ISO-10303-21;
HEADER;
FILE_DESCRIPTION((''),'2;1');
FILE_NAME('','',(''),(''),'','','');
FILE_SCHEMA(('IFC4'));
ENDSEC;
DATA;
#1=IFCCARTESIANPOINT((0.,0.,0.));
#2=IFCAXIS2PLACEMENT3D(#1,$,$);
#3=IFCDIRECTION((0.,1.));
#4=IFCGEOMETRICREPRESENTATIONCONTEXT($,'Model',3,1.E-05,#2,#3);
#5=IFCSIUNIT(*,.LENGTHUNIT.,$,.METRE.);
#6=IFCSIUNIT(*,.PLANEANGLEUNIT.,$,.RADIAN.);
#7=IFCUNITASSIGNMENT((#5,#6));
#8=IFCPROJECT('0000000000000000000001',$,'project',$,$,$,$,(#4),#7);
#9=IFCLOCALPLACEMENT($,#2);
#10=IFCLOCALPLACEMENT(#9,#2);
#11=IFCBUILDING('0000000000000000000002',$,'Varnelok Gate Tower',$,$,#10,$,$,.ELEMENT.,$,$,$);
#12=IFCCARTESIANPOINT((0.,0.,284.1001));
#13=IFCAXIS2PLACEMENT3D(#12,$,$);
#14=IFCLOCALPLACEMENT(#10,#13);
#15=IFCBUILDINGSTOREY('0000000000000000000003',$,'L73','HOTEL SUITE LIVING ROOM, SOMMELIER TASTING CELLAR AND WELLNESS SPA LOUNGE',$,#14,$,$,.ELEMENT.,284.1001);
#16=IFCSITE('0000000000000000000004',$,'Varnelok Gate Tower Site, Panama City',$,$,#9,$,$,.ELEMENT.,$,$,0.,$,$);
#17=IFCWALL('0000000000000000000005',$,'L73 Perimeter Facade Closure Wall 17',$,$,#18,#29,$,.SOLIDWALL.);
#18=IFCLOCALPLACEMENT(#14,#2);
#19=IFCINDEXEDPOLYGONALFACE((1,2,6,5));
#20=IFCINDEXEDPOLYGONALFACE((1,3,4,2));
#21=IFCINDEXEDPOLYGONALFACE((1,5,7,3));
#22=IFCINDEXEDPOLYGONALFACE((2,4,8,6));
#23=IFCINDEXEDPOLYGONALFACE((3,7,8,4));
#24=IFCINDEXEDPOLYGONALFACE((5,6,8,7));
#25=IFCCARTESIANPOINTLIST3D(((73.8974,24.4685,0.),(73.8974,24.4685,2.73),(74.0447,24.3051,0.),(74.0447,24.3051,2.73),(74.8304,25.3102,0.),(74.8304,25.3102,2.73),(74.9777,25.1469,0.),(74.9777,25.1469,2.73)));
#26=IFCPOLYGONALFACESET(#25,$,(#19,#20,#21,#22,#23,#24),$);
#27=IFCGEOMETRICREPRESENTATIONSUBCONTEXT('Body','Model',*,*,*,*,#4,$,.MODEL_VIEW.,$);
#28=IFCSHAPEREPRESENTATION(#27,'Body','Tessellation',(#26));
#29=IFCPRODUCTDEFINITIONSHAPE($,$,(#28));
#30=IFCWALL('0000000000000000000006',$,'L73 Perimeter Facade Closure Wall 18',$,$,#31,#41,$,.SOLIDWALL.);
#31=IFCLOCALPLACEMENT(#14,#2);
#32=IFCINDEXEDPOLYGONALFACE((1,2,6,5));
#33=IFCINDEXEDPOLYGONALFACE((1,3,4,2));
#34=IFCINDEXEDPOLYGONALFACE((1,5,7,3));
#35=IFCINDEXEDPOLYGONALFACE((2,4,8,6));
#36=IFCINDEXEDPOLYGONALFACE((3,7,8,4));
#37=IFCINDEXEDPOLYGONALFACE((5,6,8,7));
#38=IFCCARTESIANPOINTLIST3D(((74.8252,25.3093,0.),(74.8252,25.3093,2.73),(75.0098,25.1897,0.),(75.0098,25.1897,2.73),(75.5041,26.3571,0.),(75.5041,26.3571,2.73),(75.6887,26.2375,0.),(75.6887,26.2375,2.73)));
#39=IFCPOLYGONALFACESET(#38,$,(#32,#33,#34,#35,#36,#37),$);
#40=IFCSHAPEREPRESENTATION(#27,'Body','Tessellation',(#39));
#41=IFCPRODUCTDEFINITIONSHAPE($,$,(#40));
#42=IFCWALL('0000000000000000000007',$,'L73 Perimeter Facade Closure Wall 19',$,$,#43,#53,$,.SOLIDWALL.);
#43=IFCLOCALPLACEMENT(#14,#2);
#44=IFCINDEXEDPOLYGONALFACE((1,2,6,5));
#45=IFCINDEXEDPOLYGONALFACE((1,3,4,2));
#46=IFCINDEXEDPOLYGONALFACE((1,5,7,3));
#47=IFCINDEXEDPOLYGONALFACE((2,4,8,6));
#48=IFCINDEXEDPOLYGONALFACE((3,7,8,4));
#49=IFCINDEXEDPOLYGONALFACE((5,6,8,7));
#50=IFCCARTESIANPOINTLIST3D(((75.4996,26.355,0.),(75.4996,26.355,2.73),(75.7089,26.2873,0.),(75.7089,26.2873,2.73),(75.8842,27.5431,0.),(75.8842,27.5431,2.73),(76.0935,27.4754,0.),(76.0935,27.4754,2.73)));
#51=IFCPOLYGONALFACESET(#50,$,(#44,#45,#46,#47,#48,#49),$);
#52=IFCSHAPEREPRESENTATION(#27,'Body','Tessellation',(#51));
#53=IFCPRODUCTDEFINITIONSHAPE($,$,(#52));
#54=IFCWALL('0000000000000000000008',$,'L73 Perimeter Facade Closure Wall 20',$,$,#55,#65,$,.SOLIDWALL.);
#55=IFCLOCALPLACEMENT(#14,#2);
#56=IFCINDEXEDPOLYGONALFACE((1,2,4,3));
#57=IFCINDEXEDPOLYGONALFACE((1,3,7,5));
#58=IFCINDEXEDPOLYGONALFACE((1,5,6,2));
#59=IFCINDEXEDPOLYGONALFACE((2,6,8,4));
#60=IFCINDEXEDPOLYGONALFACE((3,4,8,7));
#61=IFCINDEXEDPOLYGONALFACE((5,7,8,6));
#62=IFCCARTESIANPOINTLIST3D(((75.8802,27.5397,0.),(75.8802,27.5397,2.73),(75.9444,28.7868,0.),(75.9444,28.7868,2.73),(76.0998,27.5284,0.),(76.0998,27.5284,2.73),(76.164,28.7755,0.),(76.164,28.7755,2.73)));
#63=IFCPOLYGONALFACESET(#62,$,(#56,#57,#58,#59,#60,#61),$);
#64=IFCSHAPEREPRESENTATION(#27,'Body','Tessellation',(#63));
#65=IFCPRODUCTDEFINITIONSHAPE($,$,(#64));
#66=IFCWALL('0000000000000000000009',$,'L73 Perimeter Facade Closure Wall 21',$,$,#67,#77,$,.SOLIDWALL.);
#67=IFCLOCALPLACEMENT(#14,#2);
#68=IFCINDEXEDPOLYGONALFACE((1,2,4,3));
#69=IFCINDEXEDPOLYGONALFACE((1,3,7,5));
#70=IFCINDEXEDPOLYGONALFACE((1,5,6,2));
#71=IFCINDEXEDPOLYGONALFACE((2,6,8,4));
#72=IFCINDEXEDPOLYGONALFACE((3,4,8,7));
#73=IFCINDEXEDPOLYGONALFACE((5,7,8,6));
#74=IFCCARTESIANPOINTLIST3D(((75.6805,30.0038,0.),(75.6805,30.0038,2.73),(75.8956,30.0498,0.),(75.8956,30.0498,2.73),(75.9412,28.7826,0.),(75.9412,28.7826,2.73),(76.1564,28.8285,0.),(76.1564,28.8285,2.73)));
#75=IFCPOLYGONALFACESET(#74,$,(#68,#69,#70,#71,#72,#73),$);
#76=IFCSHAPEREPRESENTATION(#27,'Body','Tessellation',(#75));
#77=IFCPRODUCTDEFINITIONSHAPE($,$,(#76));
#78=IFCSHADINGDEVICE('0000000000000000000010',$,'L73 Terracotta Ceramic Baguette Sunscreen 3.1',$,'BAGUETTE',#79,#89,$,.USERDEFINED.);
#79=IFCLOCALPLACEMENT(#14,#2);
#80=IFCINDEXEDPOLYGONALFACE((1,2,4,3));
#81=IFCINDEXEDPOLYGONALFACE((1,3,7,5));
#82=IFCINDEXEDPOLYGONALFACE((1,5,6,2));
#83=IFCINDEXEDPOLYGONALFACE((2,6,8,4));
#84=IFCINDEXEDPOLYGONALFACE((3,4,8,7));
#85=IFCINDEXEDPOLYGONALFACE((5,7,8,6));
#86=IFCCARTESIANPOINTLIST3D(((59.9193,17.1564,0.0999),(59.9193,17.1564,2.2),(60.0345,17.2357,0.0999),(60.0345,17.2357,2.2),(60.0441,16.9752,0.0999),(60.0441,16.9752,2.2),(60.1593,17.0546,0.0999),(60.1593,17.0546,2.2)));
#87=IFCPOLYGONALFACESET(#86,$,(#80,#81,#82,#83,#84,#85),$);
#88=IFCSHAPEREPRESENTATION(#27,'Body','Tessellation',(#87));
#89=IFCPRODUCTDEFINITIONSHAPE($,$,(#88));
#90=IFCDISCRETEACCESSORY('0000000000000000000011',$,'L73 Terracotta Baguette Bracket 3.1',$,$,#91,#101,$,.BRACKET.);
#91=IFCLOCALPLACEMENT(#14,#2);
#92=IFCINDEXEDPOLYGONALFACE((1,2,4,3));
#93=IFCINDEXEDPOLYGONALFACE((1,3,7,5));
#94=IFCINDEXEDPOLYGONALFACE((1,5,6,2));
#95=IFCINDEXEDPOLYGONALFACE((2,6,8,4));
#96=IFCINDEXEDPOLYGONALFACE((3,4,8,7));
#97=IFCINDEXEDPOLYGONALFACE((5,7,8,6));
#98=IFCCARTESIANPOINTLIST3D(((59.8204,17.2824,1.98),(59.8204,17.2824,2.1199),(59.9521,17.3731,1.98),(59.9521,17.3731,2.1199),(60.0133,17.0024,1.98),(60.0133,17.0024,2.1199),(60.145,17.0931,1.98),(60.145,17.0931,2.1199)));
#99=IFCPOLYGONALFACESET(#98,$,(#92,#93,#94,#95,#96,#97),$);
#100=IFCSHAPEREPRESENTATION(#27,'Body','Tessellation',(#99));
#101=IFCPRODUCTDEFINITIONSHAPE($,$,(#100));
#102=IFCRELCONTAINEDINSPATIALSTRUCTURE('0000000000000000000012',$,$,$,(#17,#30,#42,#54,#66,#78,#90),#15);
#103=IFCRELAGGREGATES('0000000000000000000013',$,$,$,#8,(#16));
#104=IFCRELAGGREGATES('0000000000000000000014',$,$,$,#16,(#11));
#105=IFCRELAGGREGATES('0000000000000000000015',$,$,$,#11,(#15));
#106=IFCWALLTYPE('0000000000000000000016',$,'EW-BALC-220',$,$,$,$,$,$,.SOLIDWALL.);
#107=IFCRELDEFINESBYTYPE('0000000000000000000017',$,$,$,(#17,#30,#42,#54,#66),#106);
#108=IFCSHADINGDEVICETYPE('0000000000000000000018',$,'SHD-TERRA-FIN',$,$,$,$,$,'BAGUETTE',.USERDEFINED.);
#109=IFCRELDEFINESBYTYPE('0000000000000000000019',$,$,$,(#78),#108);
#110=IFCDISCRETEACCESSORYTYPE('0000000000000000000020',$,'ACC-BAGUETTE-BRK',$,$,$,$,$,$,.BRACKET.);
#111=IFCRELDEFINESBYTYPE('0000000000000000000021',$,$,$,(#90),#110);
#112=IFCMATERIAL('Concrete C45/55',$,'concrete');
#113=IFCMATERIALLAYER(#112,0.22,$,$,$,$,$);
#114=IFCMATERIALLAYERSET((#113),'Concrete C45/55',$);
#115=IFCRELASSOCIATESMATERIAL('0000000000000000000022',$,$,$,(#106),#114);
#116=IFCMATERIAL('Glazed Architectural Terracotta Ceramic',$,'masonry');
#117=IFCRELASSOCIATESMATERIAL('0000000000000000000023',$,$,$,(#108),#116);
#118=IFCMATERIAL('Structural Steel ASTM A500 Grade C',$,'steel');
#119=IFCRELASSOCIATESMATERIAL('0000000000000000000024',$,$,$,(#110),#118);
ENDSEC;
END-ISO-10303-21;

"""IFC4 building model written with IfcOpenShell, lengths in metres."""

from ifc_helpers import new_model, si_unit, direction, frame, frame_2d, origin, origin_2d, place, context, subcontext, project, spatial, rectangle, extrude, source, transform, mapped, material, layer, layer_set, type_object, element, save


model = new_model("IFC4")

# Units and contexts
model_context = context("Model", 3, precision=1e-05, world=origin(), true_north=direction((0.0, 1.0)))
body_context = subcontext(model_context, "Body", "Model", "MODEL_VIEW")
ifc_project = project(units=[si_unit("LENGTHUNIT", "METRE"), si_unit("PLANEANGLEUNIT", "RADIAN")], contexts=[model_context])

# Site, building, storey
site_placement = place(None, origin())
site = spatial("IfcSite", under=ifc_project, at=site_placement, Name="Varnelok Gate Tower Site, Panama City", CompositionType="ELEMENT", RefElevation=0.0)
building_placement = place(site_placement, origin())
building = spatial("IfcBuilding", under=site, at=building_placement, Name="Varnelok Gate Tower", CompositionType="ELEMENT")
storey_placement = place(building_placement, frame((0.0, 0.0, 284.1001)))
storey = spatial("IfcBuildingStorey", under=building, at=storey_placement, Name="L73", Description="HOTEL SUITE LIVING ROOM, SOMMELIER TASTING CELLAR AND WELLNESS SPA LOUNGE", CompositionType="ELEMENT", Elevation=284.1001)

# Shared definitions
ifc_material_1 = material(Name="Concrete C45/55", Category="concrete")
ifc_layer = layer(ifc_material_1, 0.22)
ifc_layer_set = layer_set([ifc_layer], Name="Concrete C45/55")
wall_type = type_object("IfcWallType", Name="EW-BALC-220", PredefinedType="SOLIDWALL", material=ifc_layer_set)

# Walls
wall_1_placement = place(storey_placement, frame((73.9709, 24.3867, 0.0), z_axis=(0.0, 0.0, 1.0), x_axis=(0.742502, 0.669844, 0.0)))
element("IfcWall", 1, at=wall_1_placement, inside=storey, type_object=wall_type, Name="L73 Perimeter Facade Closure Wall 17", PredefinedType="SOLIDWALL", context=body_context, shape_type="SweptSolid", body=[
    extrude(rectangle(XDim=1.2566, YDim=0.22, at=frame_2d((0.6284, 0.0))), origin(), (0.0, 0.0, 1.0), 2.73),
])
wall_2_placement = place(storey_placement, frame((74.9175, 25.2495, 0.0), z_axis=(0.0, 0.0, 1.0), x_axis=(0.543778, 0.839229, 0.0)))
element("IfcWall", 2, at=wall_2_placement, inside=storey, type_object=wall_type, Name="L73 Perimeter Facade Closure Wall 18", PredefinedType="SOLIDWALL", context=body_context, shape_type="SweptSolid", body=[
    extrude(rectangle(XDim=1.2485, YDim=0.22, at=frame_2d((0.6243, 0.0))), origin(), (0.0, 0.0, 1.0), 2.73),
])
for number, where, z_axis, x_axis, name in (
    (3, (75.6042, 26.321, 0.0), (0.0, 0.0, 1.0), (0.307945, 0.951404, 0.0), "L73 Perimeter Facade Closure Wall 19"),
    (4, (75.99, 27.5339, 0.0), (0.0, 0.0, 1.0), (0.05142, 0.998677, 0.0), "L73 Perimeter Facade Closure Wall 20"),
    (5, (76.0488, 28.8054, 0.0), (0.0, 0.0, 1.0), (-0.208808, 0.977957, 0.0), "L73 Perimeter Facade Closure Wall 21"),
):
    element("IfcWall", number, at=place(storey_placement, frame(where, z_axis=z_axis, x_axis=x_axis)), inside=storey, type_object=wall_type, Name=name, PredefinedType="SOLIDWALL", context=body_context, shape_type="SweptSolid", body=[
        extrude(rectangle(XDim=1.2488, YDim=0.22, at=frame_2d((0.6245, 0.0))), origin(), (0.0, 0.0, 1.0), 2.73),
    ])

# Shading device
ifc_material_2 = material(Name="Glazed Architectural Terracotta Ceramic", Category="masonry")
shading_device_type = type_object("IfcShadingDeviceType", Name="SHD-TERRA-FIN", ElementType="BAGUETTE", PredefinedType="USERDEFINED", material=ifc_material_2)
shared_shape_1 = source(origin(), body_context, "Body", "SweptSolid", [
    extrude(rectangle(XDim=0.1399, YDim=0.22, at=origin_2d()), origin(), (0.0, 0.0, 1.0), 2.1001),
])
shading_device_placement = place(storey_placement, frame((60.0393, 17.1055, 0.0999), z_axis=(0.0, 0.0, 1.0), x_axis=(0.823533, 0.567269, 0.0)))
element("IfcShadingDevice", 6, at=shading_device_placement, inside=storey, type_object=shading_device_type, Name="L73 Terracotta Ceramic Baguette Sunscreen 3.1", ObjectType="BAGUETTE", PredefinedType="USERDEFINED", context=body_context, shape_type="MappedRepresentation", body=[
    mapped(shared_shape_1, transform((0.0, 0.0, 0.0), scale=1.0)),
])

# Discrete accessory
ifc_material_3 = material(Name="Structural Steel ASTM A500 Grade C", Category="steel")
discrete_accessory_type = type_object("IfcDiscreteAccessoryType", Name="ACC-BAGUETTE-BRK", PredefinedType="BRACKET", material=ifc_material_3)
shared_shape_2 = source(origin(), body_context, "Body", "SweptSolid", [
    extrude(rectangle(XDim=0.1599, YDim=0.3401, at=origin_2d()), origin(), (0.0, 0.0, 1.0), 0.1399),
])
discrete_accessory_placement = place(storey_placement, frame((59.9827, 17.1877, 1.98), z_axis=(0.0, 0.0, 1.0), x_axis=(0.823533, 0.567269, 0.0)))
element("IfcDiscreteAccessory", 7, at=discrete_accessory_placement, inside=storey, type_object=discrete_accessory_type, Name="L73 Terracotta Baguette Bracket 3.1", PredefinedType="BRACKET", context=body_context, shape_type="MappedRepresentation", body=[
    mapped(shared_shape_2, transform((0.0, 0.0, 0.0), scale=1.0)),
])

save(model, "model.ifc")
